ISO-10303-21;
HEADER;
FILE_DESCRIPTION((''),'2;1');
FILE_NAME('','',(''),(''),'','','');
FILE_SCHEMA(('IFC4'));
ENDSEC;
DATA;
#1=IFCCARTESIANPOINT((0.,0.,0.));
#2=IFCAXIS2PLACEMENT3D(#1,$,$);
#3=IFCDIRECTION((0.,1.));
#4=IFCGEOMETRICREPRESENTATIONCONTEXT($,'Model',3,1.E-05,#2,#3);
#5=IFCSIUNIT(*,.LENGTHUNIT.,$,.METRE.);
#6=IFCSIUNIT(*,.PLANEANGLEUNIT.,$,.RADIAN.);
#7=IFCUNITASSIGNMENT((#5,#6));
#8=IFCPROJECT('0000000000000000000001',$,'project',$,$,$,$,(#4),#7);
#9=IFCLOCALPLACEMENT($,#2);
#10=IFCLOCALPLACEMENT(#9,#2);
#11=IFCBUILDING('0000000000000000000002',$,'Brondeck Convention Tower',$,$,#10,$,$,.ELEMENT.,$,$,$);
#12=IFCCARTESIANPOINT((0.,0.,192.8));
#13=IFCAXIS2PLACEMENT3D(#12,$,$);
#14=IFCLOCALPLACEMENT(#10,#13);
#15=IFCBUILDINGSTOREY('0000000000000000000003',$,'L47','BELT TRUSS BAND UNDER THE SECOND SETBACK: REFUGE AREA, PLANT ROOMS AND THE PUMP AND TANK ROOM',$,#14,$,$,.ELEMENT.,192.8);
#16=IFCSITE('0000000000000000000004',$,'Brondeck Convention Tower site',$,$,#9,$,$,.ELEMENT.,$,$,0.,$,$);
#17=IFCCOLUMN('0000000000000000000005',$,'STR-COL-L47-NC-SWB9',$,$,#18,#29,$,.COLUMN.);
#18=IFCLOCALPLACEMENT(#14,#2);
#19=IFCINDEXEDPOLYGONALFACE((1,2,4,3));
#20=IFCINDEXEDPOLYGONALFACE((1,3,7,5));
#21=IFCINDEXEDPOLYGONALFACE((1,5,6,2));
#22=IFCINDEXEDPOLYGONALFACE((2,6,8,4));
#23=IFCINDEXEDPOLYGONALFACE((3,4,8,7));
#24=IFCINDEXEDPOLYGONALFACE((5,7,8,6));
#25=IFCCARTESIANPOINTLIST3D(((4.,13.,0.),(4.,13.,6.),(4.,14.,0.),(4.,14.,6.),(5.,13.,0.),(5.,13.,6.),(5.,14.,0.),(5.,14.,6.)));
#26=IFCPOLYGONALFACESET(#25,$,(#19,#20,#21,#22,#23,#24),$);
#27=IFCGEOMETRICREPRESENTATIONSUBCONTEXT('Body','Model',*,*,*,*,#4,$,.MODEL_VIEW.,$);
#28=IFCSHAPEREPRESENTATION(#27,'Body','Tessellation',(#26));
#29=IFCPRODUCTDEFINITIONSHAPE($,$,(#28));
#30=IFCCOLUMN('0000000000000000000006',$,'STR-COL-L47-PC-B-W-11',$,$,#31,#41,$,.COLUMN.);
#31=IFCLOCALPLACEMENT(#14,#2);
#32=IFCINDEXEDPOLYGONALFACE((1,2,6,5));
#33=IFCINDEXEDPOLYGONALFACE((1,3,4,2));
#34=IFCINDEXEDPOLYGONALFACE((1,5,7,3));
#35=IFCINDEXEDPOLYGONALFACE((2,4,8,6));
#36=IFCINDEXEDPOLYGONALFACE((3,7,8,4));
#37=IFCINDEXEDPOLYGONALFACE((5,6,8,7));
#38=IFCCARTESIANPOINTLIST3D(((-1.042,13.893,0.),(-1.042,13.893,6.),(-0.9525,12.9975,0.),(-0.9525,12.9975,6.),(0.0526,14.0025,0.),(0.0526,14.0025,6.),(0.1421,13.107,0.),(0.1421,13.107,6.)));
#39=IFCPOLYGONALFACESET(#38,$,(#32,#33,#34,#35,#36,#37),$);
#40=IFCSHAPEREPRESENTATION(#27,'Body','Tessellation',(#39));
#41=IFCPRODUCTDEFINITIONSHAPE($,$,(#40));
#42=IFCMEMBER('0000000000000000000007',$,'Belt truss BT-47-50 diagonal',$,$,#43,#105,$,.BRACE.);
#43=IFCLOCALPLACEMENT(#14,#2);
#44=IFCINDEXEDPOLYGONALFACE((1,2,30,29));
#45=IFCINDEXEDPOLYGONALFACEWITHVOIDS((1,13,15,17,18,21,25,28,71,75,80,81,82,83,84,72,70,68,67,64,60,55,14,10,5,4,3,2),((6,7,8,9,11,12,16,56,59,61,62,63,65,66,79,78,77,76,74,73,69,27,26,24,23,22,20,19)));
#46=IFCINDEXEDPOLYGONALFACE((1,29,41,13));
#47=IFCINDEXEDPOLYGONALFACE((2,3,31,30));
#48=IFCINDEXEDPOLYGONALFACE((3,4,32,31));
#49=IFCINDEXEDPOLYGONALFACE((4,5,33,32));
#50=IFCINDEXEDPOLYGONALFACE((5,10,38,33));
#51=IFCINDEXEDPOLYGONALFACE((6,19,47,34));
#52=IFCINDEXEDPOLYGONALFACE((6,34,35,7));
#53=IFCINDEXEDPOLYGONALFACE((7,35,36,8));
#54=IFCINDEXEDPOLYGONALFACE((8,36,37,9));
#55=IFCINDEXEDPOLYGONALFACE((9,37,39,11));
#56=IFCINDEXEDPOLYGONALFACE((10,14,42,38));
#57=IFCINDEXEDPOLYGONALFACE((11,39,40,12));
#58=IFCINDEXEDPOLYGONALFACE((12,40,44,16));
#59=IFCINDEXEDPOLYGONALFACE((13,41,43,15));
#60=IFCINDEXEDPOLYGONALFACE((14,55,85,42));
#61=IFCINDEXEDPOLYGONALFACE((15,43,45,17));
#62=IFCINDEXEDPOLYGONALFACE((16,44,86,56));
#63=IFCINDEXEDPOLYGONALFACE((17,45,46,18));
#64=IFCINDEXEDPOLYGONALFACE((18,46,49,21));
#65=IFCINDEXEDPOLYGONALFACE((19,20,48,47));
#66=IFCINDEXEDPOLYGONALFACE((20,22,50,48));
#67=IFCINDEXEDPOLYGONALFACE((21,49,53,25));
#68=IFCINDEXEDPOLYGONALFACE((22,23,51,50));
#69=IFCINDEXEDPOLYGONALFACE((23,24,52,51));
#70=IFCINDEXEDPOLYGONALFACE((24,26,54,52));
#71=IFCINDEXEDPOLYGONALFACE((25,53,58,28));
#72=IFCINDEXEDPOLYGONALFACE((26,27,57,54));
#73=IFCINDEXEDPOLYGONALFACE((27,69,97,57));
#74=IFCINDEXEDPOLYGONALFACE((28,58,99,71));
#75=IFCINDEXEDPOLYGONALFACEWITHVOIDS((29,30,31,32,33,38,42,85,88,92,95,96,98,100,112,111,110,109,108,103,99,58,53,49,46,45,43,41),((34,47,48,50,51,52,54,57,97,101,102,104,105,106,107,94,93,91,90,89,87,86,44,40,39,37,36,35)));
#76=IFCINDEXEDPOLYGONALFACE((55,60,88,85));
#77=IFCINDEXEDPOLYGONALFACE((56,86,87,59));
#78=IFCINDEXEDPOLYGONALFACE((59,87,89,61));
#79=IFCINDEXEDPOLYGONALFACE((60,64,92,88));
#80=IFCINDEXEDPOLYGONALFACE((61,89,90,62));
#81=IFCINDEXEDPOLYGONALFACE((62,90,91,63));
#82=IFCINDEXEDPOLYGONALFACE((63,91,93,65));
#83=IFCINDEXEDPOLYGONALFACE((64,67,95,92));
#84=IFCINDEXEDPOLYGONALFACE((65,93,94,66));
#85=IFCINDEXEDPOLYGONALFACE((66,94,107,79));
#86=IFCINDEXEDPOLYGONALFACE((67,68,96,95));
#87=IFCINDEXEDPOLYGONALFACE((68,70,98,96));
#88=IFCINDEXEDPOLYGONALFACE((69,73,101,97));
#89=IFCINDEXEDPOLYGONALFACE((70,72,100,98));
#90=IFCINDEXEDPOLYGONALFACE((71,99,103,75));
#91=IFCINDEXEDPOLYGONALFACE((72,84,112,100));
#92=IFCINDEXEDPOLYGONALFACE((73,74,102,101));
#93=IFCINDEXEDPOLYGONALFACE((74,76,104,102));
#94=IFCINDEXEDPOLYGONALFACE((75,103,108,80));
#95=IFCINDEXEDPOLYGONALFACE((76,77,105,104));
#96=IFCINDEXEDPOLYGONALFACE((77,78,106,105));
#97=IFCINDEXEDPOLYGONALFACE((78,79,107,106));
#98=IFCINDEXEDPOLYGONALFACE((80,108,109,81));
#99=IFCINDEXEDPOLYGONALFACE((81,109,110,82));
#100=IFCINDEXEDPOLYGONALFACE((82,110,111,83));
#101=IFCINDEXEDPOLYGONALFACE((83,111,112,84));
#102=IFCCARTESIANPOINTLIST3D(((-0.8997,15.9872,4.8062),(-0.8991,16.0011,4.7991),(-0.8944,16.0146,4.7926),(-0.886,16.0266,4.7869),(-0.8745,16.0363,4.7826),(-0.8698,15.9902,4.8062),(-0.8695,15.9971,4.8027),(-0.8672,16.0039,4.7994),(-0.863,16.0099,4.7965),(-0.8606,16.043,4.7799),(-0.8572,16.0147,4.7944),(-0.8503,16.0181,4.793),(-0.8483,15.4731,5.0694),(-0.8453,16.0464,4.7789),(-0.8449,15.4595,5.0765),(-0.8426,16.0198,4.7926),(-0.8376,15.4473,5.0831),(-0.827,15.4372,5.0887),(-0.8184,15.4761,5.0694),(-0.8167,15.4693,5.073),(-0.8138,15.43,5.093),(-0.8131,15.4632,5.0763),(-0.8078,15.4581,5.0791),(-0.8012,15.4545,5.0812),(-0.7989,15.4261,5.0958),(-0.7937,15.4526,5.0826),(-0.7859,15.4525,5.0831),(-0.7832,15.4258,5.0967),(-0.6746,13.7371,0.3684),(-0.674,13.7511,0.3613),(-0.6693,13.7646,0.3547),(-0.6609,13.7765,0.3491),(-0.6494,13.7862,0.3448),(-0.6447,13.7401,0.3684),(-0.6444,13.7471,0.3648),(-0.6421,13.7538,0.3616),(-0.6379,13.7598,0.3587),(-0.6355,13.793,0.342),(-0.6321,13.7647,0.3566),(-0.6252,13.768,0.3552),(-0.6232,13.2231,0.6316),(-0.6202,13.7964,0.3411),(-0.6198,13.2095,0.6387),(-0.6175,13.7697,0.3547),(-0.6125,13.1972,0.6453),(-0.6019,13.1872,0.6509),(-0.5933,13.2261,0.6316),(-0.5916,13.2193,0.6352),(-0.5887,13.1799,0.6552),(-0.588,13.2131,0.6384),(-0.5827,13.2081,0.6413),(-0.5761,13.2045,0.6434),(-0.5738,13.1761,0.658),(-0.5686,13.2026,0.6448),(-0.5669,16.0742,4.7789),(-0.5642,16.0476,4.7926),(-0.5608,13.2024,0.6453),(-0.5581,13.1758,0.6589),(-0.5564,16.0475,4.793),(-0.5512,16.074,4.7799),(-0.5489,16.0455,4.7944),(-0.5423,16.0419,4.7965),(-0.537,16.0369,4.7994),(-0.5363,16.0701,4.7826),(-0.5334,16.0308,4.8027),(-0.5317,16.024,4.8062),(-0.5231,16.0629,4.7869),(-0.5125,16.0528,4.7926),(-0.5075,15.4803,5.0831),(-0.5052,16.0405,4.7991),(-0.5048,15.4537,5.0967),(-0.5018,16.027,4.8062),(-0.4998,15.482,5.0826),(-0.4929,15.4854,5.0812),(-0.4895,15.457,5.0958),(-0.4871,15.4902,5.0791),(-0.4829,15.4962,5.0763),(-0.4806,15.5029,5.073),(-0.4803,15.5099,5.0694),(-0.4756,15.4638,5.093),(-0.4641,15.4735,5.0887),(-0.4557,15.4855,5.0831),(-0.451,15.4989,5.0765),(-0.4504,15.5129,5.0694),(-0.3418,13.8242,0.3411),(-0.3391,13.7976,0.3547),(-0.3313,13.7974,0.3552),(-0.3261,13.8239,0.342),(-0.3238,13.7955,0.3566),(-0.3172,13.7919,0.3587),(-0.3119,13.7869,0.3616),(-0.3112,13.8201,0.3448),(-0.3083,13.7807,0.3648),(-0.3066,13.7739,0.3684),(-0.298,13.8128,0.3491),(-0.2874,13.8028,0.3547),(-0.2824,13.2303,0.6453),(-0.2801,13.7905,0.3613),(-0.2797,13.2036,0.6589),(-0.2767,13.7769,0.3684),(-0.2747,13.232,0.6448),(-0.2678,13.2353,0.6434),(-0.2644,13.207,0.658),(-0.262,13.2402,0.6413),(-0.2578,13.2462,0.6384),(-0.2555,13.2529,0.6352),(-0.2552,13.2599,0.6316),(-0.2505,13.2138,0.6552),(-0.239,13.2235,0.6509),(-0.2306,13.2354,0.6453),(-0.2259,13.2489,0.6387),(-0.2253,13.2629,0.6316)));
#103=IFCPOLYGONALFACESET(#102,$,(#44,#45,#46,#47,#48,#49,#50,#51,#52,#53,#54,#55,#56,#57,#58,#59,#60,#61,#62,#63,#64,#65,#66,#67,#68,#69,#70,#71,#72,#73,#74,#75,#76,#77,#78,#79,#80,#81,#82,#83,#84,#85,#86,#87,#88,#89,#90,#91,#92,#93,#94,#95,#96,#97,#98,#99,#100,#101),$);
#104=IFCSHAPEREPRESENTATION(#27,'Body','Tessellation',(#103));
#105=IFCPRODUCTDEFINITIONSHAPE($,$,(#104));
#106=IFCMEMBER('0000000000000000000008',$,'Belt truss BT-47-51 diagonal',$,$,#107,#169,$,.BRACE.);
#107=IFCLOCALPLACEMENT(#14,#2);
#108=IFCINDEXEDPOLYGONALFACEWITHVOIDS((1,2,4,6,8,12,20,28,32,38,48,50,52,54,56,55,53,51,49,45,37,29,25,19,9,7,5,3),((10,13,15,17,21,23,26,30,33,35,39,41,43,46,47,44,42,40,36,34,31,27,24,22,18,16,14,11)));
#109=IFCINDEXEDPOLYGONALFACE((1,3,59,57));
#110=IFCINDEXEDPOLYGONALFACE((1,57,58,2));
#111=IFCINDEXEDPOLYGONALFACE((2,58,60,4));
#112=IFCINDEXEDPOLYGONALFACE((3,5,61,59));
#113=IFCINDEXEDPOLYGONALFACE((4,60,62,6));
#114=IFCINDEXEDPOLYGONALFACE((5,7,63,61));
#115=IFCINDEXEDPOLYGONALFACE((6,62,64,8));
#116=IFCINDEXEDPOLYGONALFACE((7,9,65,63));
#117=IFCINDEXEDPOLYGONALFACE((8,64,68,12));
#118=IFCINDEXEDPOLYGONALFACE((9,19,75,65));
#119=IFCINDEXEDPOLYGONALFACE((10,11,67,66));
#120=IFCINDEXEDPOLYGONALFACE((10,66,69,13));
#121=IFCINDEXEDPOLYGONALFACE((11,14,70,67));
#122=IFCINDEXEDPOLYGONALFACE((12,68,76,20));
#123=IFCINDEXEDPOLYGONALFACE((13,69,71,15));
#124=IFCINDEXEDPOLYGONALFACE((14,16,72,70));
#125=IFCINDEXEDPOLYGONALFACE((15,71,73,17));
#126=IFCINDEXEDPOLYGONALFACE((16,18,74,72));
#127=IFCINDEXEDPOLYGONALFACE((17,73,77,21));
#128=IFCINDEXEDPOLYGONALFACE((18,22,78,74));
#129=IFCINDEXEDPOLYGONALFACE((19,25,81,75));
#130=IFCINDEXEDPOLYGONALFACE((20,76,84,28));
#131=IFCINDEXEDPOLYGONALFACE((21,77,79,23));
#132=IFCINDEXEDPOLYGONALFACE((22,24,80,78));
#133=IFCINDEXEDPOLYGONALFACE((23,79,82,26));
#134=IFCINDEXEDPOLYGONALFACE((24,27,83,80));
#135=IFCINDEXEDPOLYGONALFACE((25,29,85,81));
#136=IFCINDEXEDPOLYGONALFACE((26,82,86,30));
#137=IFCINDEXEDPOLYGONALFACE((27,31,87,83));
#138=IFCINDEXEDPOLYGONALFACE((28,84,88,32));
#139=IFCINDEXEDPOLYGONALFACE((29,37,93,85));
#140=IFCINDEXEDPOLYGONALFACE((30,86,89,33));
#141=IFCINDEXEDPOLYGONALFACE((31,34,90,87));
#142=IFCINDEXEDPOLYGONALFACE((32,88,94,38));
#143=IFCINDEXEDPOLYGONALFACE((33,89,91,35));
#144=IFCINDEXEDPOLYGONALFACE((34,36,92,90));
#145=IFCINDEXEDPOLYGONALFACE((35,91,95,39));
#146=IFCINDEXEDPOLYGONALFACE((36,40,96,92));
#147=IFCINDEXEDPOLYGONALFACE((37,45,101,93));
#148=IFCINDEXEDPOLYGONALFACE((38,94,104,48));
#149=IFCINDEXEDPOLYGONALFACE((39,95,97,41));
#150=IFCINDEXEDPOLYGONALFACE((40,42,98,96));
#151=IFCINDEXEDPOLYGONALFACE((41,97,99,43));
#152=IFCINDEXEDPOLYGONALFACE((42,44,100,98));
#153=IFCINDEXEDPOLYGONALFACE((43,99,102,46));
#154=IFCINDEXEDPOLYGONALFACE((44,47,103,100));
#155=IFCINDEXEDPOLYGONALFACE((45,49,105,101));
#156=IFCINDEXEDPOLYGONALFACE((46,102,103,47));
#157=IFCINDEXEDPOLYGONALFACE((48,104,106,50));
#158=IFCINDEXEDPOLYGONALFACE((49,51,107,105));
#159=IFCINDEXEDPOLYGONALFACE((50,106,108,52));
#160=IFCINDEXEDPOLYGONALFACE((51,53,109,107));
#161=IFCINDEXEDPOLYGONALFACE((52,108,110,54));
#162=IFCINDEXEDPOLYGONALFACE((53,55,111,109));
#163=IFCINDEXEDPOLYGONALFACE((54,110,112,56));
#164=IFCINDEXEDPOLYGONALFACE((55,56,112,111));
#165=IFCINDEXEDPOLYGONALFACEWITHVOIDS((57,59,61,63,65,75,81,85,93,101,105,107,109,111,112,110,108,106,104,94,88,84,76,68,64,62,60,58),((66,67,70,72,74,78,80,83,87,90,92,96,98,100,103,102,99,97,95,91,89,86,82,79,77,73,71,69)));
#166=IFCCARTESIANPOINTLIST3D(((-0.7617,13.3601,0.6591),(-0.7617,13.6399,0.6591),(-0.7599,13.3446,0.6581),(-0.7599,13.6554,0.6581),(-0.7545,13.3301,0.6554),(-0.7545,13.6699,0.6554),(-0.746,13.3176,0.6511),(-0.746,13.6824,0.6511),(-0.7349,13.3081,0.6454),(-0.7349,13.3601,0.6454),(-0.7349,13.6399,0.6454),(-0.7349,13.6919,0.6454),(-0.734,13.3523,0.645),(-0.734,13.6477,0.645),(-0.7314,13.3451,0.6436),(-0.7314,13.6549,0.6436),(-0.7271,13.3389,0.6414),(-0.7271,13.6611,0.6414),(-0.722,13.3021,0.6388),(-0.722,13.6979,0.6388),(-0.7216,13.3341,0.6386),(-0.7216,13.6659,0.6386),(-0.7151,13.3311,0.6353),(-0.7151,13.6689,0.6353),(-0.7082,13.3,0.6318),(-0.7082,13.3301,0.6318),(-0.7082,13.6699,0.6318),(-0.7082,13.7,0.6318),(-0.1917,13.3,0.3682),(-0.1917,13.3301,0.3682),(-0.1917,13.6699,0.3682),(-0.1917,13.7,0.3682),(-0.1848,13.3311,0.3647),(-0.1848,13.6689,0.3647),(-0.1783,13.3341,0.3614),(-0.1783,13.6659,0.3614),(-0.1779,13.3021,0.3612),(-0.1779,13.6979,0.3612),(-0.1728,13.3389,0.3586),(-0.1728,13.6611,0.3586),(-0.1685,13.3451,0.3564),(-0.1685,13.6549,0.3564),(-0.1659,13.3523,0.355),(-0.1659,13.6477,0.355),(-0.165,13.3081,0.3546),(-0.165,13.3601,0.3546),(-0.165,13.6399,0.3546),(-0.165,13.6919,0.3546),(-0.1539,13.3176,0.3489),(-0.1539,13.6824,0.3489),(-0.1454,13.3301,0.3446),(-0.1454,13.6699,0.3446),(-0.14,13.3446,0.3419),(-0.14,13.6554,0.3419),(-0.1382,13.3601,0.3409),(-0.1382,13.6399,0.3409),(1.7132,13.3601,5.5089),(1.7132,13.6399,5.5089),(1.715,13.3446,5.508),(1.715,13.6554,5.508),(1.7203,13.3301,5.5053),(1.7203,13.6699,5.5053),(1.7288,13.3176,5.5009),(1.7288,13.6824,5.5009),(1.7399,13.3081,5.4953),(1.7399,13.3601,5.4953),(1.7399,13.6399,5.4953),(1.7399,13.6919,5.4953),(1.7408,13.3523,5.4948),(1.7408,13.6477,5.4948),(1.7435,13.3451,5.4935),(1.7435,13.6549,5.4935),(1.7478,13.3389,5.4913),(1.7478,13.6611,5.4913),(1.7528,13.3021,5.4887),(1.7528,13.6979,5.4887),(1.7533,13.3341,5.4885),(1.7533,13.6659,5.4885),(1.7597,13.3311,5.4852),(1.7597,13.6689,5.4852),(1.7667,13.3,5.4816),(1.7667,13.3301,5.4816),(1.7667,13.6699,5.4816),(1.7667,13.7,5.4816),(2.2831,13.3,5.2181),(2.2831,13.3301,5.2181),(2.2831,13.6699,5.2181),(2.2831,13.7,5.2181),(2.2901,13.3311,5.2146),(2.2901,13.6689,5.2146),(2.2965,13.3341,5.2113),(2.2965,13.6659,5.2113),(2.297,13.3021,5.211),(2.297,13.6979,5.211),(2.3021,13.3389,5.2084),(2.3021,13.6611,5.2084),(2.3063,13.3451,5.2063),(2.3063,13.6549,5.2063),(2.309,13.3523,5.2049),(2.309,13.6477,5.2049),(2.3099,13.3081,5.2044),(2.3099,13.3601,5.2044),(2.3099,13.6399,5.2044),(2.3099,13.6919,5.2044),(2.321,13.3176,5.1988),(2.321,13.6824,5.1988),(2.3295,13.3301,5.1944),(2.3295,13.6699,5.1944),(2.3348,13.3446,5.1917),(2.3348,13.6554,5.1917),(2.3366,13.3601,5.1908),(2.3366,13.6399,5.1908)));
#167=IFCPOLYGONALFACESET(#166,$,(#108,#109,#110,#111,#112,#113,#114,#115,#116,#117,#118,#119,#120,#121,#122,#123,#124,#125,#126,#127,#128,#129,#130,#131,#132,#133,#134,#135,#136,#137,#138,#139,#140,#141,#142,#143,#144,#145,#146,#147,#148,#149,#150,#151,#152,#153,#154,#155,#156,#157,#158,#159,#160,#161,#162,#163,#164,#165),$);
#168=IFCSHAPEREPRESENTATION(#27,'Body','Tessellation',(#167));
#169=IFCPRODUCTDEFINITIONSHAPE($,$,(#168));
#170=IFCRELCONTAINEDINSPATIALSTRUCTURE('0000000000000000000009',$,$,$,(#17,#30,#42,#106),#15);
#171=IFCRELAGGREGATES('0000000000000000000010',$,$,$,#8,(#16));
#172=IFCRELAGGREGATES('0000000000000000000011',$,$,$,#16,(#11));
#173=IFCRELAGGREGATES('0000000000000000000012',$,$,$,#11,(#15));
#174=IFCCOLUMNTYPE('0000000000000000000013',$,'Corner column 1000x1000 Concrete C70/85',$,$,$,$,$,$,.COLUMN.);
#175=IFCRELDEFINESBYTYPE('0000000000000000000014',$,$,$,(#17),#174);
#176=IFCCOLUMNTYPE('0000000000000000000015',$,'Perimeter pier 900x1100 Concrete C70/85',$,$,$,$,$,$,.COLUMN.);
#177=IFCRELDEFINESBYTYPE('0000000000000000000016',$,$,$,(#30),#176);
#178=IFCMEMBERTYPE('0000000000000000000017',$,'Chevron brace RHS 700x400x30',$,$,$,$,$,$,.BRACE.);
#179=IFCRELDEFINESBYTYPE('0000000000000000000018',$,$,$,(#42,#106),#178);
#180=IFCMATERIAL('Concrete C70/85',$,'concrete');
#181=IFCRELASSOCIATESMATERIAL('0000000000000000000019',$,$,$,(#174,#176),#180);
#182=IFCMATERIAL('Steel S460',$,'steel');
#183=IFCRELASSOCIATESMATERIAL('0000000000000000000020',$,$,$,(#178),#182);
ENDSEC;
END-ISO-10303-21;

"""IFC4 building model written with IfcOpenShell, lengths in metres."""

from ifc_helpers import new_model, si_unit, direction, frame, origin, origin_2d, place, context, subcontext, project, spatial, rectangle, hollow_rectangle, extrude, material, material_profile, profile_set, type_object, element, save


model = new_model("IFC4")

# Units and contexts
model_context = context("Model", 3, precision=1e-05, world=origin(), true_north=direction((0.0, 1.0)))
body_context = subcontext(model_context, "Body", "Model", "MODEL_VIEW")
ifc_project = project(units=[si_unit("LENGTHUNIT", "METRE"), si_unit("PLANEANGLEUNIT", "RADIAN")], contexts=[model_context])

# Site, building, storey
site_placement = place(None, origin())
site = spatial("IfcSite", under=ifc_project, at=site_placement, Name="Brondeck Convention Tower site", CompositionType="ELEMENT", RefElevation=0.0)
building_placement = place(site_placement, origin())
building = spatial("IfcBuilding", under=site, at=building_placement, Name="Brondeck Convention Tower", CompositionType="ELEMENT")
storey_placement = place(building_placement, frame((0.0, 0.0, 192.8)))
storey = spatial("IfcBuildingStorey", under=building, at=storey_placement, Name="L47", Description="BELT TRUSS BAND UNDER THE SECOND SETBACK: REFUGE AREA, PLANT ROOMS AND THE PUMP AND TANK ROOM", CompositionType="ELEMENT", Elevation=192.8)

# Columns
ifc_material_1 = material(Name="Concrete C70/85", Category="concrete")
ifc_material_profile_1 = material_profile(ifc_material_1, rectangle(XDim=1.0, YDim=1.0, at=origin_2d()), Name="Corner column 1000x1000 Concrete C70/85")
ifc_profile_set_1 = profile_set([ifc_material_profile_1], Name="Concrete C70/85")
column_type_1 = type_object("IfcColumnType", Name="Corner column 1000x1000 Concrete C70/85", PredefinedType="COLUMN", material=ifc_profile_set_1)
column_1_placement = place(storey_placement, frame((4.5, 13.5, 0.0), z_axis=(0.0, 0.0, 1.0), x_axis=(1.0, 0.0, 0.0)))
element("IfcColumn", 1, at=column_1_placement, inside=storey, type_object=column_type_1, Name="STR-COL-L47-NC-SWB9", PredefinedType="COLUMN", context=body_context, shape_type="SweptSolid", body=[
    extrude(rectangle(XDim=1.0, YDim=1.0, at=origin_2d()), origin(), (0.0, 0.0, 1.0), 6.0),
])
ifc_material_profile_2 = material_profile(ifc_material_1, rectangle(XDim=0.8999, YDim=1.1001, at=origin_2d()), Name="Perimeter pier 900x1100 Concrete C70/85")
ifc_profile_set_2 = profile_set([ifc_material_profile_2], Name="Concrete C70/85")
column_type_2 = type_object("IfcColumnType", Name="Perimeter pier 900x1100 Concrete C70/85", PredefinedType="COLUMN", material=ifc_profile_set_2)
column_2_placement = place(storey_placement, frame((-0.45, 13.5, 0.0), z_axis=(0.0, 0.0, 1.0), x_axis=(0.099504, -0.995037, 0.0)))
element("IfcColumn", 2, at=column_2_placement, inside=storey, type_object=column_type_2, Name="STR-COL-L47-PC-B-W-11", PredefinedType="COLUMN", context=body_context, shape_type="SweptSolid", body=[
    extrude(rectangle(XDim=0.8999, YDim=1.1001, at=origin_2d()), origin(), (0.0, 0.0, 1.0), 6.0),
])

# Members
ifc_material_2 = material(Name="Steel S460", Category="steel")
ifc_material_profile_3 = material_profile(ifc_material_2, hollow_rectangle(XDim=0.3999, YDim=0.7, WallThickness=0.03, InnerFilletRadius=0.03, OuterFilletRadius=0.0601, at=origin_2d()), Name="RHS 700x400x30")
ifc_profile_set_3 = profile_set([ifc_material_profile_3], Name="Steel S460")
member_type_1 = type_object("IfcMemberType", Name="Chevron brace RHS 700x400x30", PredefinedType="BRACE", material=ifc_profile_set_3)
member_1_placement = place(storey_placement, frame((-0.45, 13.5, 0.5), z_axis=(-0.045195, 0.451749, 0.890999), x_axis=(-0.995033, -0.099546, 0.0)))
element("IfcMember", 3, at=member_1_placement, inside=storey, type_object=member_type_1, Name="Belt truss BT-47-50 diagonal", PredefinedType="BRACE", context=body_context, shape_type="SweptSolid", body=[
    extrude(hollow_rectangle(XDim=0.3999, YDim=0.7, WallThickness=0.03, InnerFilletRadius=0.03, OuterFilletRadius=0.0601, at=origin_2d()), origin(), (0.0, 0.0, 1.0), 4.9807),
])
for number, where, z_axis, x_axis, name in (
    (4, (-0.45, 13.5, 0.5), (0.454534, 0.0, 0.890729), (0.0, 1.0, 0.0), "Belt truss BT-47-51 diagonal"),
):
    element("IfcMember", number, at=place(storey_placement, frame(where, z_axis=z_axis, x_axis=x_axis)), inside=storey, type_object=member_type_1, Name=name, PredefinedType="BRACE", context=body_context, shape_type="SweptSolid", body=[
        extrude(hollow_rectangle(XDim=0.3999, YDim=0.7, WallThickness=0.03, InnerFilletRadius=0.03, OuterFilletRadius=0.0601, at=origin_2d()), origin(), (0.0, 0.0, 1.0), 5.4448),
    ])

save(model, "model.ifc")
